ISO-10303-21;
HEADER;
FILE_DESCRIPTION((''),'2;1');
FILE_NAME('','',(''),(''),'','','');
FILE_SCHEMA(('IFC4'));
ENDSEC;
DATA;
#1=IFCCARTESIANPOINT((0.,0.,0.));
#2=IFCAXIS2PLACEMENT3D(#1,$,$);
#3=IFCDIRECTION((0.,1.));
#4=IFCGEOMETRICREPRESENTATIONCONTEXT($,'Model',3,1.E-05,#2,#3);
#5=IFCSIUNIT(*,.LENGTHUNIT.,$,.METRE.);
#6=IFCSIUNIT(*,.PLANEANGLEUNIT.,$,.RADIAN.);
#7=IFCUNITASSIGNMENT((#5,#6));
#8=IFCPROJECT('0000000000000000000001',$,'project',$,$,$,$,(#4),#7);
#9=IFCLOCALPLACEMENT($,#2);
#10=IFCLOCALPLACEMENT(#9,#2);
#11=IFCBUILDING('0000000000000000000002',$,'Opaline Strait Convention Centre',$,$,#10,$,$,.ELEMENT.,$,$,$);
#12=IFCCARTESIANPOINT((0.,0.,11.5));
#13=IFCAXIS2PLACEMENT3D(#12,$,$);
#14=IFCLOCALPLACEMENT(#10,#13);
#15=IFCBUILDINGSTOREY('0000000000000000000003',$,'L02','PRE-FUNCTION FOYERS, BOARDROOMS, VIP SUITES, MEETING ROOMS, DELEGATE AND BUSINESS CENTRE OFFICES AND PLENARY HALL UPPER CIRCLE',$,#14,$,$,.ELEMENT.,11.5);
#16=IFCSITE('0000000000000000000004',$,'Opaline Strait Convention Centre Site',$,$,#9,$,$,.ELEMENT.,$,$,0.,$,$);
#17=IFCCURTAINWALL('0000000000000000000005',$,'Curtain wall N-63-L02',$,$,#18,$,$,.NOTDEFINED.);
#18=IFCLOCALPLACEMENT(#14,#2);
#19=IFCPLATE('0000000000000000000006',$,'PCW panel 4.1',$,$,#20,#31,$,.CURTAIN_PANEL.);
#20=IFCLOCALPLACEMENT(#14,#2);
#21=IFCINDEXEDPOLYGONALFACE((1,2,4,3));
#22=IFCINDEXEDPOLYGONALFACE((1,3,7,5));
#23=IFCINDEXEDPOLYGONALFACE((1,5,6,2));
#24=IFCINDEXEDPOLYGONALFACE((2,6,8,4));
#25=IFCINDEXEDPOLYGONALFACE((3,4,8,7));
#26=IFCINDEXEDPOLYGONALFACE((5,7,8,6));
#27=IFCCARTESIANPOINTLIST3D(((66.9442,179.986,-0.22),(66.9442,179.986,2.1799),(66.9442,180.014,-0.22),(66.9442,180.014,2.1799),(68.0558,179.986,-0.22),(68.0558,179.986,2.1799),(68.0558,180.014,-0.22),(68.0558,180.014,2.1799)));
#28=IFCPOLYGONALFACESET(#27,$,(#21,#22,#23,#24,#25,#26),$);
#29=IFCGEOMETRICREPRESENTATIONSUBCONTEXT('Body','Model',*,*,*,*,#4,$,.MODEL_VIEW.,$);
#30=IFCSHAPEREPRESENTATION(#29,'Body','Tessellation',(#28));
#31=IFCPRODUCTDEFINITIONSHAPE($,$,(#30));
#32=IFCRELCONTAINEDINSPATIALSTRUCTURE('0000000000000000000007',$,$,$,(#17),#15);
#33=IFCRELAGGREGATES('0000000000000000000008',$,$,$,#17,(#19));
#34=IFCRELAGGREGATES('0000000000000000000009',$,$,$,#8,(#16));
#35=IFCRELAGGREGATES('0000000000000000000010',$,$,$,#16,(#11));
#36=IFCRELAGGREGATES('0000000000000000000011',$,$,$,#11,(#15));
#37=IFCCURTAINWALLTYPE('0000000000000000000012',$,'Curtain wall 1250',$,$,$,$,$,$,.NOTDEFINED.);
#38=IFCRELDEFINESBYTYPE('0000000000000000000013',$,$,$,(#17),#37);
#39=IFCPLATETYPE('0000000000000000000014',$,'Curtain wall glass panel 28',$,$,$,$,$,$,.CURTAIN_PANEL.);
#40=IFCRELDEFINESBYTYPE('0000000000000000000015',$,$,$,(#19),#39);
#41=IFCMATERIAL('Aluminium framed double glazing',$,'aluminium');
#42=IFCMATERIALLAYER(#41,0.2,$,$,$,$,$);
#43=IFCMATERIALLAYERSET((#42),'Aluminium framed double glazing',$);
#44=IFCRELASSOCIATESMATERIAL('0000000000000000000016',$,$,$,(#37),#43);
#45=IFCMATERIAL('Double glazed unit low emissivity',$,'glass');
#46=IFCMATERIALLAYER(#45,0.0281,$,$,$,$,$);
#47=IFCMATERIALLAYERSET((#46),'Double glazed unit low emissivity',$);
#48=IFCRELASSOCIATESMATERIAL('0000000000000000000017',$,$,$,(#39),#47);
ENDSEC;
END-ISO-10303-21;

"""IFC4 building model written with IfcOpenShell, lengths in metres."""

from ifc_helpers import new_model, si_unit, direction, frame, origin, origin_2d, place, context, subcontext, project, spatial, rectangle, extrude, material, layer, layer_set, type_object, element, aggregate, save


model = new_model("IFC4")

# Units and contexts
model_context = context("Model", 3, precision=1e-05, world=origin(), true_north=direction((0.0, 1.0)))
body_context = subcontext(model_context, "Body", "Model", "MODEL_VIEW")
ifc_project = project(units=[si_unit("LENGTHUNIT", "METRE"), si_unit("PLANEANGLEUNIT", "RADIAN")], contexts=[model_context])

# Site, building, storey
site_placement = place(None, origin())
site = spatial("IfcSite", under=ifc_project, at=site_placement, Name="Opaline Strait Convention Centre Site", CompositionType="ELEMENT", RefElevation=0.0)
building_placement = place(site_placement, origin())
building = spatial("IfcBuilding", under=site, at=building_placement, Name="Opaline Strait Convention Centre", CompositionType="ELEMENT")
storey_placement = place(building_placement, frame((0.0, 0.0, 11.5)))
storey = spatial("IfcBuildingStorey", under=building, at=storey_placement, Name="L02", Description="PRE-FUNCTION FOYERS, BOARDROOMS, VIP SUITES, MEETING ROOMS, DELEGATE AND BUSINESS CENTRE OFFICES AND PLENARY HALL UPPER CIRCLE", CompositionType="ELEMENT", Elevation=11.5)

# Curtain wall
ifc_material_1 = material(Name="Aluminium framed double glazing", Category="aluminium")
ifc_layer_1 = layer(ifc_material_1, 0.2)
ifc_layer_set_1 = layer_set([ifc_layer_1], Name="Aluminium framed double glazing")
curtain_wall_type = type_object("IfcCurtainWallType", Name="Curtain wall 1250", PredefinedType="NOTDEFINED", material=ifc_layer_set_1)
curtain_wall_1_placement = place(storey_placement, origin())
curtain_wall_1 = element("IfcCurtainWall", 1, at=curtain_wall_1_placement, inside=storey, type_object=curtain_wall_type, Name="Curtain wall N-63-L02", PredefinedType="NOTDEFINED")

# Plate
ifc_material_2 = material(Name="Double glazed unit low emissivity", Category="glass")
ifc_layer_2 = layer(ifc_material_2, 0.0281)
ifc_layer_set_2 = layer_set([ifc_layer_2], Name="Double glazed unit low emissivity")
plate_type = type_object("IfcPlateType", Name="Curtain wall glass panel 28", PredefinedType="CURTAIN_PANEL", material=ifc_layer_set_2)
plate_1_placement = place(storey_placement, frame((67.5, 180.0, -0.22), z_axis=(0.0, 0.0, 1.0), x_axis=(1.0, 0.0, 0.0)))
plate_1 = element("IfcPlate", 2, at=plate_1_placement, type_object=plate_type, Name="PCW panel 4.1", PredefinedType="CURTAIN_PANEL", context=body_context, shape_type="SweptSolid", body=[
    extrude(rectangle(XDim=1.1116, YDim=0.0281, at=origin_2d()), origin(), (0.0, 0.0, 1.0), 2.3999),
])
aggregate(curtain_wall_1, [plate_1])

save(model, "model.ifc")
